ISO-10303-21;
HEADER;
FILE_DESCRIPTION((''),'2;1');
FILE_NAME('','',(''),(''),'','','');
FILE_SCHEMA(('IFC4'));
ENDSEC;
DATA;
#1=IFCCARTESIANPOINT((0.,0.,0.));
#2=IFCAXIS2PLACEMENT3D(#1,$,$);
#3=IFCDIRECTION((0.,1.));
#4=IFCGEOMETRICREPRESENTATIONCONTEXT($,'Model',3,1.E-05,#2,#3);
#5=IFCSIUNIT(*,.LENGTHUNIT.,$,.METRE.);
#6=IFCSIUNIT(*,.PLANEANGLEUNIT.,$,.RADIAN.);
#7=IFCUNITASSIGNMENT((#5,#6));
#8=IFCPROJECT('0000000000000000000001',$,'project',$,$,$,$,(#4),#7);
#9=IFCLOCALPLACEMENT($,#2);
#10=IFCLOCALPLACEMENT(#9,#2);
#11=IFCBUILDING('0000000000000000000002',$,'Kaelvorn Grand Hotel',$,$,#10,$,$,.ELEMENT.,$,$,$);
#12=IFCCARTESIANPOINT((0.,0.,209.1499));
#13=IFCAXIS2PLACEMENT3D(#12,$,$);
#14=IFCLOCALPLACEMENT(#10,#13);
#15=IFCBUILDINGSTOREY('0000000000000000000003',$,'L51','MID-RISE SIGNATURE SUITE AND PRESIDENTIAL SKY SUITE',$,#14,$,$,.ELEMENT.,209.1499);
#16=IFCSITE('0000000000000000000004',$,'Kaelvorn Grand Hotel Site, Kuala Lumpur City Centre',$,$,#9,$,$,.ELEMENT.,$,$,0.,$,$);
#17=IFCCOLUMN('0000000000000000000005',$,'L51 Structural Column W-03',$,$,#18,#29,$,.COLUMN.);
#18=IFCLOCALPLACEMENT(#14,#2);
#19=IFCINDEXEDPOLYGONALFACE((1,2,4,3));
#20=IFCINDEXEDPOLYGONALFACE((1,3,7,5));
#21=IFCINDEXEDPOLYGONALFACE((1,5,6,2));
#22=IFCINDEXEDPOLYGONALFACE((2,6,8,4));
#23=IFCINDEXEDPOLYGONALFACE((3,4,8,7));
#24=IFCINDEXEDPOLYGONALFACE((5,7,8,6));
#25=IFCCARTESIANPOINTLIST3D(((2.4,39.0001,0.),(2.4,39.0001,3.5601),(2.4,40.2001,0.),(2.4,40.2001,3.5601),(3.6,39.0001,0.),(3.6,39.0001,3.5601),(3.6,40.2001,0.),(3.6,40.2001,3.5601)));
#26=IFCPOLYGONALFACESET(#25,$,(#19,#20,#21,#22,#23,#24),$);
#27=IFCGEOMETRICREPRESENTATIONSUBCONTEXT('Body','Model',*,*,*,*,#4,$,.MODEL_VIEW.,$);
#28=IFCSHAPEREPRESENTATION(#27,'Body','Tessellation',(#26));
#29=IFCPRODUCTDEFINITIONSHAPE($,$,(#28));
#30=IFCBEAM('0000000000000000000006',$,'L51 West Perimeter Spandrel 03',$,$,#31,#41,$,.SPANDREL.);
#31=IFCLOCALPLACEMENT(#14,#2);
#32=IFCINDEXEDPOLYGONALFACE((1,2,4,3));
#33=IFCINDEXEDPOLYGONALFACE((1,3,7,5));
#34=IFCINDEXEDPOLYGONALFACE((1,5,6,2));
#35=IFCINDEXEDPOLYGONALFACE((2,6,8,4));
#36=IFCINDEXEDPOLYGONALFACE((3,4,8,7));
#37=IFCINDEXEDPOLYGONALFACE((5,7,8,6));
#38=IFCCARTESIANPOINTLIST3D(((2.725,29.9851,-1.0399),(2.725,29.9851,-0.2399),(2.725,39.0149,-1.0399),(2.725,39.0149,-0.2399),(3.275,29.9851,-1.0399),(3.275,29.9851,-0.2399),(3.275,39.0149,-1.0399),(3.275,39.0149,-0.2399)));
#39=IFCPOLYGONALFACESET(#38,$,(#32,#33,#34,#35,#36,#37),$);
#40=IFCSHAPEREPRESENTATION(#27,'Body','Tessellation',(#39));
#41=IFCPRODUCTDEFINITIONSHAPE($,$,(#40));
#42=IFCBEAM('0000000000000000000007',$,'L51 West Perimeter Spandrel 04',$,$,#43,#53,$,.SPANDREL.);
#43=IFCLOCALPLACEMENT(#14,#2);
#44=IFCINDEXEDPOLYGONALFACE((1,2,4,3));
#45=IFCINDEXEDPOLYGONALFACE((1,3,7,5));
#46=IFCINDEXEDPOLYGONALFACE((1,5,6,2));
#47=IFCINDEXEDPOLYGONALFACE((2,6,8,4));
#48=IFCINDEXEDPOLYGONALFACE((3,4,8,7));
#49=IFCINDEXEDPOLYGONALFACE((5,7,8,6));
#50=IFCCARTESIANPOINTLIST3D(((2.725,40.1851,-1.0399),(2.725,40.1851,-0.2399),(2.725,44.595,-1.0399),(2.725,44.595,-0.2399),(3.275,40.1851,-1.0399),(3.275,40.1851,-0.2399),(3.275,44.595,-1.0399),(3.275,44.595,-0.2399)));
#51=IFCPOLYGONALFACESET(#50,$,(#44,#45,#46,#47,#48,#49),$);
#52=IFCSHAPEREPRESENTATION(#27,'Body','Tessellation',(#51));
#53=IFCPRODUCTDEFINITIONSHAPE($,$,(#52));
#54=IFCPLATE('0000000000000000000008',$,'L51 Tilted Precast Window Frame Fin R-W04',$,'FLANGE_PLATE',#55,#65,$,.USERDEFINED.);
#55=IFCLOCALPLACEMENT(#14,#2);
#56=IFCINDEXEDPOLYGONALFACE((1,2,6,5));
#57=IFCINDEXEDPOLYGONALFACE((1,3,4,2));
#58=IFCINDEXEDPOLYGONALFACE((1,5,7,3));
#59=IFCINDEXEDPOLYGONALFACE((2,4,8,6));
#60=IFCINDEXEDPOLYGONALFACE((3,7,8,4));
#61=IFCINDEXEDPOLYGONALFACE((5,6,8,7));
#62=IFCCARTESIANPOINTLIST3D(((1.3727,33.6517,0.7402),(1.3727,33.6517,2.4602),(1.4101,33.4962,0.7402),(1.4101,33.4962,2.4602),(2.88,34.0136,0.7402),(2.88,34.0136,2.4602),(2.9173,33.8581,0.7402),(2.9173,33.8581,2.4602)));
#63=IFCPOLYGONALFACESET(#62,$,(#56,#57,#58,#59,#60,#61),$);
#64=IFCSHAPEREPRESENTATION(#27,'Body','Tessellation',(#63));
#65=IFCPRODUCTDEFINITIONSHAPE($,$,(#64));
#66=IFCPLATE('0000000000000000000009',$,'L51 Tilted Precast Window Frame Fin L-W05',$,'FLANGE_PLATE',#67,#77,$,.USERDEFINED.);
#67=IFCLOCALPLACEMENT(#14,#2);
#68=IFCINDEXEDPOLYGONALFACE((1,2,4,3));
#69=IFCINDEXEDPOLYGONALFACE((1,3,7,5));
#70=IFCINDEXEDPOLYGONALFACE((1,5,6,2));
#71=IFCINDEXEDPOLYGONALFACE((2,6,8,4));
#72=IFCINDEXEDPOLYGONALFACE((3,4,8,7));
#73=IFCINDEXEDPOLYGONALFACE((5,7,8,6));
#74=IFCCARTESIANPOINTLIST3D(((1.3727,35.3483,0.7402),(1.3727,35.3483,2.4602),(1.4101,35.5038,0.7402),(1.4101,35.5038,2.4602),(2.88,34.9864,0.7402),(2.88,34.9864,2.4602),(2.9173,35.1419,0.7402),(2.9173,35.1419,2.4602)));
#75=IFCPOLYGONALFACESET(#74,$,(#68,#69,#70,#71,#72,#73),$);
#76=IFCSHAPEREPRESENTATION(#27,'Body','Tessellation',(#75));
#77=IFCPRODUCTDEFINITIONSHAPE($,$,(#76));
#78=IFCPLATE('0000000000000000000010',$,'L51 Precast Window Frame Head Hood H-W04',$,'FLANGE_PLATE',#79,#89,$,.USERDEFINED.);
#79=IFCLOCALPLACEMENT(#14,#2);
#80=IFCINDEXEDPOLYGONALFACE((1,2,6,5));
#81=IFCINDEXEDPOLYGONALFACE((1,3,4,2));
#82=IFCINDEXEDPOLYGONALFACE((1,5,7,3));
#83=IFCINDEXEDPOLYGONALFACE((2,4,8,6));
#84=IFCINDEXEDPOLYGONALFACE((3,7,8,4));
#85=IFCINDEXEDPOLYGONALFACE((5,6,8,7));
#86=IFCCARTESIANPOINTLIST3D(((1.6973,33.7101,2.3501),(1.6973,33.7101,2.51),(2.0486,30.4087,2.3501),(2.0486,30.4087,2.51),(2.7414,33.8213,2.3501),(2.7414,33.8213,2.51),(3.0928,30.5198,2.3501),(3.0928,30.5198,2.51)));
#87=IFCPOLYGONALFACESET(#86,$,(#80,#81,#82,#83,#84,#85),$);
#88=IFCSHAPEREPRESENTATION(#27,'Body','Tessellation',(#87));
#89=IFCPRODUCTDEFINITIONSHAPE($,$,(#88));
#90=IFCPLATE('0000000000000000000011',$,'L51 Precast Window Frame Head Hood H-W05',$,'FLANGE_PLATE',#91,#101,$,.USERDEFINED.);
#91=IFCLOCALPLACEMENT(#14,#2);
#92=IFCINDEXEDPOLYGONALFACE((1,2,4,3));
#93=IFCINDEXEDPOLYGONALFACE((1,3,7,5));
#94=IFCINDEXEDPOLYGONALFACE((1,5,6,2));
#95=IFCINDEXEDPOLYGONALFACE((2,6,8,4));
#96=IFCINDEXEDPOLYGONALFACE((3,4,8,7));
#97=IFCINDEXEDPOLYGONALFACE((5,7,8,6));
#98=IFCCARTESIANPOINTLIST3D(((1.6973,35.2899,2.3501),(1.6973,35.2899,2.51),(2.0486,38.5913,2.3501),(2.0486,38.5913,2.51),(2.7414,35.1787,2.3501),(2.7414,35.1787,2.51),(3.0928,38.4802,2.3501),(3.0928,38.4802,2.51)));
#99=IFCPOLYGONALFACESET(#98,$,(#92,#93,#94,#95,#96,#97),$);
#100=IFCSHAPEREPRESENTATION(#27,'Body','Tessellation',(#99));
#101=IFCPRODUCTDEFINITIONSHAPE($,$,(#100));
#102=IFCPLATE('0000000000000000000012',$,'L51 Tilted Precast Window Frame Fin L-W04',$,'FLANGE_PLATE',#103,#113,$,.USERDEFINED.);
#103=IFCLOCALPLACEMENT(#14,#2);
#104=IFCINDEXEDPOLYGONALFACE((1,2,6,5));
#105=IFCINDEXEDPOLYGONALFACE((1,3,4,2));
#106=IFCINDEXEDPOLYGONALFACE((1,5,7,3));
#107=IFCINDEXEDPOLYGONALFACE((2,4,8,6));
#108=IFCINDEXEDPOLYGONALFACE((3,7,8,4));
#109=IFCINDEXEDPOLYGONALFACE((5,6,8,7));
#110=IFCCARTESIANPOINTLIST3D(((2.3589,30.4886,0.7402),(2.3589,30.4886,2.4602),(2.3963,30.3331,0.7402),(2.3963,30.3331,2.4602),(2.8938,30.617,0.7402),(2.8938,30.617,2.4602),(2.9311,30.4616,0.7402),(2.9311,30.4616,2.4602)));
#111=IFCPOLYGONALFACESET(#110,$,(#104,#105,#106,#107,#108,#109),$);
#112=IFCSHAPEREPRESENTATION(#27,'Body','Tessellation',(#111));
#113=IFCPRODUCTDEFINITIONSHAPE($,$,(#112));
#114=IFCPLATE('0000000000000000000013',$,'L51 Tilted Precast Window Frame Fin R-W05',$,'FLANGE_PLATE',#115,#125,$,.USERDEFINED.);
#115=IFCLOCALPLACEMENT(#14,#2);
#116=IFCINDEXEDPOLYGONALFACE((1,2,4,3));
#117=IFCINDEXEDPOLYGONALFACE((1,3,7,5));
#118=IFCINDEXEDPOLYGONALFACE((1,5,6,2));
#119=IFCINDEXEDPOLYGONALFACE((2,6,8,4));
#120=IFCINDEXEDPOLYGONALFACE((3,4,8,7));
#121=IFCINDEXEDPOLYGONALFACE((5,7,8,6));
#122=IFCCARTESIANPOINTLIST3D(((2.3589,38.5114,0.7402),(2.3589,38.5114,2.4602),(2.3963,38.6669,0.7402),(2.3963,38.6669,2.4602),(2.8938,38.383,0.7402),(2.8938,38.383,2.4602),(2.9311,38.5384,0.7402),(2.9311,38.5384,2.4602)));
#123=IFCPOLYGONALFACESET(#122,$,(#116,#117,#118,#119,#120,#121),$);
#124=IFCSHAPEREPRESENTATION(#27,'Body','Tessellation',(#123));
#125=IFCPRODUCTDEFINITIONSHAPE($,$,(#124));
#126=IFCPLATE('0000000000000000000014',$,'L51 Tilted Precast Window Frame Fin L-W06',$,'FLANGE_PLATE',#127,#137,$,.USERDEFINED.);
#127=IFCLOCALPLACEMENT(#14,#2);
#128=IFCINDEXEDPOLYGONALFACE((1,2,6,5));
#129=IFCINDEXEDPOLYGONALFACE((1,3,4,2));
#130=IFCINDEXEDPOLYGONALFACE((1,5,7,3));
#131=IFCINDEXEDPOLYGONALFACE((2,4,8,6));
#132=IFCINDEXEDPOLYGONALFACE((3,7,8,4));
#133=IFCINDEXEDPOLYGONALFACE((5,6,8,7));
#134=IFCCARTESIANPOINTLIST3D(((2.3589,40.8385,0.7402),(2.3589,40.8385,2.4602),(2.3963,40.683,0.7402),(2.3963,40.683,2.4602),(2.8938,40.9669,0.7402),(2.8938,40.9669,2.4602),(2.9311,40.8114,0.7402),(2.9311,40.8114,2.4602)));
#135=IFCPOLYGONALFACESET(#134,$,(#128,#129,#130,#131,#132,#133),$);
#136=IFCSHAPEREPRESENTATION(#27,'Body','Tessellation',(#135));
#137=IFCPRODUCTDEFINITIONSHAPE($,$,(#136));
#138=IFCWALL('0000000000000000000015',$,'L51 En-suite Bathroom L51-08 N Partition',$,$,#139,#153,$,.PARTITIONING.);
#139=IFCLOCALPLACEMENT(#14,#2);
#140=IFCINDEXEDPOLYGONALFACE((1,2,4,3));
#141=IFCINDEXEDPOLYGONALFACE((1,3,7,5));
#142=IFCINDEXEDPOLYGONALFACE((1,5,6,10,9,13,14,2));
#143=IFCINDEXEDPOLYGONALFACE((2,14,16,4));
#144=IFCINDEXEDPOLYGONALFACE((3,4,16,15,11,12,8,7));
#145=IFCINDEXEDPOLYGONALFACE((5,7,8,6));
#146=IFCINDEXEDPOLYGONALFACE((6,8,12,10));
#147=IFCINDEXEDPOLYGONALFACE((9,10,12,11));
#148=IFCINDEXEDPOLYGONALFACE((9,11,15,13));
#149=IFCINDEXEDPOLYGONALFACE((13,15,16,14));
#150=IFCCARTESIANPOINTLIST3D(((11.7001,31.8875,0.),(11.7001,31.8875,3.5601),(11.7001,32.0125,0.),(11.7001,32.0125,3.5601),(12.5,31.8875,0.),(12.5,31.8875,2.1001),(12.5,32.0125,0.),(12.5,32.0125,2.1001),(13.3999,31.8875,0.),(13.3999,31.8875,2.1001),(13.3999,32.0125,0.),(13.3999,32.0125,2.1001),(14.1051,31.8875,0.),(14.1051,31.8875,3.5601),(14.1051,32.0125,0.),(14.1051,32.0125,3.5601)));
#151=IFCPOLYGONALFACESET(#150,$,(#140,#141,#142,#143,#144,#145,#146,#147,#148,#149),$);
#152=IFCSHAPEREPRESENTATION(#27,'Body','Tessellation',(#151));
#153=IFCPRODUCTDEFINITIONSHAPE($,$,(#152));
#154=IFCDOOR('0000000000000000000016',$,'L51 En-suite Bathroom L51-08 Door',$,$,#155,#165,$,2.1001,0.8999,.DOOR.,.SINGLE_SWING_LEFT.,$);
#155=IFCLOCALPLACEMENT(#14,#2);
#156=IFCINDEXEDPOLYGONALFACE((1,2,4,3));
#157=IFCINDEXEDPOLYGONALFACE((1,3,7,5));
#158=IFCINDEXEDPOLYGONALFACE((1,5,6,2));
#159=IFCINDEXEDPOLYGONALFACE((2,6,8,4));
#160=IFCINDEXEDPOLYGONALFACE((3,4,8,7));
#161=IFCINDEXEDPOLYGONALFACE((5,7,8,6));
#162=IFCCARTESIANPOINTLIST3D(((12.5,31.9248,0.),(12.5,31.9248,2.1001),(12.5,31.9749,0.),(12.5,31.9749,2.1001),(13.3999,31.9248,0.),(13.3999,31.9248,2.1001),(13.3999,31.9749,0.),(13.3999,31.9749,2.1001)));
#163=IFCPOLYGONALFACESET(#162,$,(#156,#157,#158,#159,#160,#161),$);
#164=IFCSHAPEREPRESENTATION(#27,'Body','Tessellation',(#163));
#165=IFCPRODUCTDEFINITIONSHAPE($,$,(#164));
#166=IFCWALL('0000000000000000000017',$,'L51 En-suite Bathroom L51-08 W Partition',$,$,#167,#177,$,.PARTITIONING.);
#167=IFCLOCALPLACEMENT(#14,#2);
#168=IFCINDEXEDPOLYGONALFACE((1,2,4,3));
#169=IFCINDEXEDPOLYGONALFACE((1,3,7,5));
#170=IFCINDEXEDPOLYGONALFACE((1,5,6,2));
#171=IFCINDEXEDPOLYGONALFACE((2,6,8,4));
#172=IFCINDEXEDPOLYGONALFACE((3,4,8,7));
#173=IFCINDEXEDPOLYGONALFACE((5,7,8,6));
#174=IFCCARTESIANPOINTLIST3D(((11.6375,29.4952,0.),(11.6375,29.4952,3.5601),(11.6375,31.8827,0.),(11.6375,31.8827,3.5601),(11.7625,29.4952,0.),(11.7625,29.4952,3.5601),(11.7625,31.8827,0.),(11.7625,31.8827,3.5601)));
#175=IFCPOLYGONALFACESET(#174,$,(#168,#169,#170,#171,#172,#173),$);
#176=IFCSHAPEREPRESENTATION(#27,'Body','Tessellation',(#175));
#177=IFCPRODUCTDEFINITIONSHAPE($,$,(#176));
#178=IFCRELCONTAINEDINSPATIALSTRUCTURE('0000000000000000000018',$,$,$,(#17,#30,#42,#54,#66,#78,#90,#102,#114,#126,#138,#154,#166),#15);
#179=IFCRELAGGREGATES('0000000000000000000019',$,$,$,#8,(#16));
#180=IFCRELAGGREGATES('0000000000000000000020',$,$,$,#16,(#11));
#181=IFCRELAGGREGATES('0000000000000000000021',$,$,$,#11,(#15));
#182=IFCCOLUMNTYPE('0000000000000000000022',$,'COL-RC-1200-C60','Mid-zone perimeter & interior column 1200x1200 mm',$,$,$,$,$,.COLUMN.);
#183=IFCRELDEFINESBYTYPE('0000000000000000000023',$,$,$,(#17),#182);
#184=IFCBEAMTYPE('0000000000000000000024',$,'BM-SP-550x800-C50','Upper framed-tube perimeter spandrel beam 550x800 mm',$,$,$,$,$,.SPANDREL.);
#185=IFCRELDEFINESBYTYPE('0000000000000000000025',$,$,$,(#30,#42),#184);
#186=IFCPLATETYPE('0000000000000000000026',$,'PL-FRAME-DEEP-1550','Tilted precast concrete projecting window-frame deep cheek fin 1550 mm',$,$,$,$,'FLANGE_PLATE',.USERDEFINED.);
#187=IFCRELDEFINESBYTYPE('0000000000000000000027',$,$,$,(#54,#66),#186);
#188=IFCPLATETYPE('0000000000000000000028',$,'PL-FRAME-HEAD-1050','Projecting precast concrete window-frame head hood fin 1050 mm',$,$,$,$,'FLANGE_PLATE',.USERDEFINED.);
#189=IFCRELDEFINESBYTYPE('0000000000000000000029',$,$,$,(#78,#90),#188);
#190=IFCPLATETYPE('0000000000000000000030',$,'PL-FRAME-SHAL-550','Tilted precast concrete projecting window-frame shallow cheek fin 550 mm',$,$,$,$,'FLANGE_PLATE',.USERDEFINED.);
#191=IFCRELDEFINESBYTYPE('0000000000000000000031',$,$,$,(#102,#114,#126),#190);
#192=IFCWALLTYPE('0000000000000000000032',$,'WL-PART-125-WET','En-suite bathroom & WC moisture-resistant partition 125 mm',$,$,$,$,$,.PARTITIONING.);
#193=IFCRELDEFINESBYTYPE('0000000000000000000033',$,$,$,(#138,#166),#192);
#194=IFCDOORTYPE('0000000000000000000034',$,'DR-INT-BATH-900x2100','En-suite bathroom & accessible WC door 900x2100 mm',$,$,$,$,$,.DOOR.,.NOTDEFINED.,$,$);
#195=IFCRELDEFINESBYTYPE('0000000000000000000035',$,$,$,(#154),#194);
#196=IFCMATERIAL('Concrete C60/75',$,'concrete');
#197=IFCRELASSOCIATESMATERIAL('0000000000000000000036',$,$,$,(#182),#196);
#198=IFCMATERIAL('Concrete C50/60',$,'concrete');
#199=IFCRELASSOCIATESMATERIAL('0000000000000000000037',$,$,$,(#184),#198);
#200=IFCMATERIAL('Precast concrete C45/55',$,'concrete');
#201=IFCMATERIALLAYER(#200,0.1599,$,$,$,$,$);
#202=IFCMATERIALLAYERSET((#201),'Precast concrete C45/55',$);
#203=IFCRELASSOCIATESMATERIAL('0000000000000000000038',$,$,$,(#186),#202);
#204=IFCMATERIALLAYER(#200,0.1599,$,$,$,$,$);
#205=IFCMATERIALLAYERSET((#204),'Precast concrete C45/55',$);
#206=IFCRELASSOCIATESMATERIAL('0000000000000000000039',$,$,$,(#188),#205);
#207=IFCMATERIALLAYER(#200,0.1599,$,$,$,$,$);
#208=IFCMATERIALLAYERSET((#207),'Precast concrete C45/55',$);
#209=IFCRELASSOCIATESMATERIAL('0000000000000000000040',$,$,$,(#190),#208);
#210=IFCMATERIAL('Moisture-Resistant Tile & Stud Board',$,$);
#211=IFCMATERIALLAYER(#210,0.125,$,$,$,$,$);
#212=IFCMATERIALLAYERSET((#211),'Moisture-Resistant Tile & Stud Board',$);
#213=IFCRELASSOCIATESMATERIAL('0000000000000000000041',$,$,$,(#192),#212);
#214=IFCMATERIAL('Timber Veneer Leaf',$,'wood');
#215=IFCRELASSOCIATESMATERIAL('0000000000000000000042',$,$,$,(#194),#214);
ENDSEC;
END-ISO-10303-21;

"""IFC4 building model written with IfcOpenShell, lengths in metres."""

from ifc_helpers import new_model, si_unit, direction, frame, frame_2d, origin, origin_2d, place, context, subcontext, project, spatial, rectangle, extrude, material, layer, layer_set, material_profile, profile_set, type_object, element, fill, save


model = new_model("IFC4")

# Units and contexts
model_context = context("Model", 3, precision=1e-05, world=origin(), true_north=direction((0.0, 1.0)))
body_context = subcontext(model_context, "Body", "Model", "MODEL_VIEW")
ifc_project = project(units=[si_unit("LENGTHUNIT", "METRE"), si_unit("PLANEANGLEUNIT", "RADIAN")], contexts=[model_context])

# Site, building, storey
site_placement = place(None, origin())
site = spatial("IfcSite", under=ifc_project, at=site_placement, Name="Kaelvorn Grand Hotel Site, Kuala Lumpur City Centre", CompositionType="ELEMENT", RefElevation=0.0)
building_placement = place(site_placement, origin())
building = spatial("IfcBuilding", under=site, at=building_placement, Name="Kaelvorn Grand Hotel", CompositionType="ELEMENT")
storey_placement = place(building_placement, frame((0.0, 0.0, 209.1499)))
storey = spatial("IfcBuildingStorey", under=building, at=storey_placement, Name="L51", Description="MID-RISE SIGNATURE SUITE AND PRESIDENTIAL SKY SUITE", CompositionType="ELEMENT", Elevation=209.1499)

# Column
ifc_material_1 = material(Name="Concrete C60/75", Category="concrete")
ifc_material_profile_1 = material_profile(ifc_material_1, rectangle(XDim=1.2, YDim=1.2, at=origin_2d()), Name="RC COL 1200x1200")
ifc_profile_set_1 = profile_set([ifc_material_profile_1], Name="Concrete C60/75")
column_type = type_object("IfcColumnType", Name="COL-RC-1200-C60", Description="Mid-zone perimeter & interior column 1200x1200 mm", PredefinedType="COLUMN", material=ifc_profile_set_1)
column_placement = place(storey_placement, frame((3.0, 39.6001, 0.0), z_axis=(0.0, 0.0, 1.0), x_axis=(1.0, 0.0, 0.0)))
element("IfcColumn", 1, at=column_placement, inside=storey, type_object=column_type, Name="L51 Structural Column W-03", PredefinedType="COLUMN", context=body_context, shape_type="SweptSolid", body=[
    extrude(rectangle(XDim=1.2, YDim=1.2, at=origin_2d()), origin(), (0.0, 0.0, 1.0), 3.5601),
])

# Beams
ifc_material_2 = material(Name="Concrete C50/60", Category="concrete")
ifc_material_profile_2 = material_profile(ifc_material_2, rectangle(XDim=0.55, YDim=0.8, at=origin_2d()), Name="RC SPANDREL 550x800")
ifc_profile_set_2 = profile_set([ifc_material_profile_2], Name="Concrete C50/60")
beam_type = type_object("IfcBeamType", Name="BM-SP-550x800-C50", Description="Upper framed-tube perimeter spandrel beam 550x800 mm", PredefinedType="SPANDREL", material=ifc_profile_set_2)
beam_1_placement = place(storey_placement, frame((3.0, 29.9851, -0.6399), z_axis=(0.0, 1.0, 0.0), x_axis=(-1.0, 0.0, 0.0)))
element("IfcBeam", 2, at=beam_1_placement, inside=storey, type_object=beam_type, Name="L51 West Perimeter Spandrel 03", PredefinedType="SPANDREL", context=body_context, shape_type="SweptSolid", body=[
    extrude(rectangle(XDim=0.55, YDim=0.8, at=origin_2d()), origin(), (0.0, 0.0, 1.0), 9.0298),
])
beam_2_placement = place(storey_placement, frame((3.0, 40.1851, -0.6399), z_axis=(0.0, 1.0, 0.0), x_axis=(-1.0, 0.0, 0.0)))
element("IfcBeam", 3, at=beam_2_placement, inside=storey, type_object=beam_type, Name="L51 West Perimeter Spandrel 04", PredefinedType="SPANDREL", context=body_context, shape_type="SweptSolid", body=[
    extrude(rectangle(XDim=0.55, YDim=0.8, at=origin_2d()), origin(), (0.0, 0.0, 1.0), 4.4099),
])

# Plates
ifc_material_3 = material(Name="Precast concrete C45/55", Category="concrete")
ifc_layer_1 = layer(ifc_material_3, 0.1599)
ifc_layer_set_1 = layer_set([ifc_layer_1], Name="Precast concrete C45/55")
plate_type_1 = type_object("IfcPlateType", Name="PL-FRAME-DEEP-1550", Description="Tilted precast concrete projecting window-frame deep cheek fin 1550 mm", ElementType="FLANGE_PLATE", PredefinedType="USERDEFINED", material=ifc_layer_set_1)
for number, where, z_axis, x_axis, name in (
    (4, (2.145, 33.7549, 0.7402), (0.0, 0.0, 1.0), (-0.233445, 0.97237, 0.0), "L51 Tilted Precast Window Frame Fin R-W04"),
    (5, (2.145, 35.2451, 0.7402), (0.0, 0.0, 1.0), (0.233445, 0.97237, 0.0), "L51 Tilted Precast Window Frame Fin L-W05"),
):
    element("IfcPlate", number, at=place(storey_placement, frame(where, z_axis=z_axis, x_axis=x_axis)), inside=storey, type_object=plate_type_1, Name=name, ObjectType="FLANGE_PLATE", PredefinedType="USERDEFINED", context=body_context, shape_type="SweptSolid", body=[
        extrude(rectangle(XDim=0.1599, YDim=1.55, at=origin_2d()), origin(), (0.0, 0.0, 1.0), 1.72),
    ])
ifc_layer_2 = layer(ifc_material_3, 0.1599)
ifc_layer_set_2 = layer_set([ifc_layer_2], Name="Precast concrete C45/55")
plate_type_2 = type_object("IfcPlateType", Name="PL-FRAME-HEAD-1050", Description="Projecting precast concrete window-frame head hood fin 1050 mm", ElementType="FLANGE_PLATE", PredefinedType="USERDEFINED", material=ifc_layer_set_2)
for number, where, z_axis, x_axis, name in (
    (6, (2.395, 32.115, 2.3501), (0.0, 0.0, 1.0), (-0.10583, 0.994384, 0.0), "L51 Precast Window Frame Head Hood H-W04"),
    (7, (2.395, 36.885, 2.3501), (0.0, 0.0, 1.0), (0.10583, 0.994384, 0.0), "L51 Precast Window Frame Head Hood H-W05"),
):
    element("IfcPlate", number, at=place(storey_placement, frame(where, z_axis=z_axis, x_axis=x_axis)), inside=storey, type_object=plate_type_2, Name=name, ObjectType="FLANGE_PLATE", PredefinedType="USERDEFINED", context=body_context, shape_type="SweptSolid", body=[
        extrude(rectangle(XDim=3.3201, YDim=1.05, at=origin_2d()), origin(), (0.0, 0.0, 1.0), 0.1599),
    ])
ifc_layer_3 = layer(ifc_material_3, 0.1599)
ifc_layer_set_3 = layer_set([ifc_layer_3], Name="Precast concrete C45/55")
plate_type_3 = type_object("IfcPlateType", Name="PL-FRAME-SHAL-550", Description="Tilted precast concrete projecting window-frame shallow cheek fin 550 mm", ElementType="FLANGE_PLATE", PredefinedType="USERDEFINED", material=ifc_layer_set_3)
for number, where, z_axis, x_axis, name in (
    (8, (2.645, 30.4751, 0.7402), (0.0, 0.0, 1.0), (-0.233445, 0.97237, 0.0), "L51 Tilted Precast Window Frame Fin L-W04"),
    (9, (2.645, 38.5249, 0.7402), (0.0, 0.0, 1.0), (0.233445, 0.97237, 0.0), "L51 Tilted Precast Window Frame Fin R-W05"),
    (10, (2.645, 40.825, 0.7402), (0.0, 0.0, 1.0), (-0.233445, 0.97237, 0.0), "L51 Tilted Precast Window Frame Fin L-W06"),
):
    element("IfcPlate", number, at=place(storey_placement, frame(where, z_axis=z_axis, x_axis=x_axis)), inside=storey, type_object=plate_type_3, Name=name, ObjectType="FLANGE_PLATE", PredefinedType="USERDEFINED", context=body_context, shape_type="SweptSolid", body=[
        extrude(rectangle(XDim=0.1599, YDim=0.55, at=origin_2d()), origin(), (0.0, 0.0, 1.0), 1.72),
    ])

# Wall, opening, door
ifc_material_4 = material(Name="Moisture-Resistant Tile & Stud Board")
ifc_layer_4 = layer(ifc_material_4, 0.125)
ifc_layer_set_4 = layer_set([ifc_layer_4], Name="Moisture-Resistant Tile & Stud Board")
wall_type_1 = type_object("IfcWallType", Name="WL-PART-125-WET", Description="En-suite bathroom & WC moisture-resistant partition 125 mm", PredefinedType="PARTITIONING", material=ifc_layer_set_4)
wall_1_placement = place(storey_placement, frame((11.7, 31.95, 0.0), z_axis=(0.0, 0.0, 1.0), x_axis=(1.0, 0.0, 0.0)))
wall_1 = element("IfcWall", 11, at=wall_1_placement, inside=storey, type_object=wall_type_1, Name="L51 En-suite Bathroom L51-08 N Partition", PredefinedType="PARTITIONING", context=body_context, shape_type="SweptSolid", body=[
    extrude(rectangle(XDim=2.405, YDim=0.125, at=frame_2d((1.2026, 0.0))), origin(), (0.0, 0.0, 1.0), 3.5601),
])
opening_1_placement = place(wall_1_placement, frame((0.8, 0.0, 0.0)))
opening_1 = element("IfcOpeningElement", 12, at=opening_1_placement, cuts=wall_1, PredefinedType="OPENING", context=body_context, shape_type="SweptSolid", body=[
    extrude(rectangle(XDim=0.8999, YDim=2.1001, at=frame_2d((0.45, 1.05))), frame((0.0, 0.0725, 0.0), z_axis=(0.0, -1.0, 0.0), x_axis=(1.0, 0.0, 0.0)), (0.0, 0.0, 1.0), 0.145),
])
ifc_material_5 = material(Name="Timber Veneer Leaf", Category="wood")
door_type_1 = type_object("IfcDoorType", Name="DR-INT-BATH-900x2100", Description="En-suite bathroom & accessible WC door 900x2100 mm", OperationType="NOTDEFINED", PredefinedType="DOOR", material=ifc_material_5)
door_1_placement = place(opening_1_placement, origin())
door_1 = element("IfcDoor", 13, at=door_1_placement, inside=storey, type_object=door_type_1, Name="L51 En-suite Bathroom L51-08 Door", OperationType="SINGLE_SWING_LEFT", OverallHeight=2.1001, OverallWidth=0.8999, PredefinedType="DOOR", context=body_context, shape_type="SweptSolid", body=[
    extrude(rectangle(XDim=0.8999, YDim=2.1001, at=frame_2d((0.45, 1.05))), frame((0.0, 0.0249, 0.0), z_axis=(0.0, -1.0, 0.0), x_axis=(1.0, 0.0, 0.0)), (0.0, 0.0, 1.0), 0.05),
])
fill(opening_1, door_1)

# Wall
wall_2_placement = place(storey_placement, frame((11.7, 29.4951, 0.0), z_axis=(0.0, 0.0, 1.0), x_axis=(0.0, 1.0, 0.0)))
element("IfcWall", 14, at=wall_2_placement, inside=storey, type_object=wall_type_1, Name="L51 En-suite Bathroom L51-08 W Partition", PredefinedType="PARTITIONING", context=body_context, shape_type="SweptSolid", body=[
    extrude(rectangle(XDim=2.3875, YDim=0.125, at=frame_2d((1.1938, 0.0))), origin(), (0.0, 0.0, 1.0), 3.5601),
])

save(model, "model.ifc")
